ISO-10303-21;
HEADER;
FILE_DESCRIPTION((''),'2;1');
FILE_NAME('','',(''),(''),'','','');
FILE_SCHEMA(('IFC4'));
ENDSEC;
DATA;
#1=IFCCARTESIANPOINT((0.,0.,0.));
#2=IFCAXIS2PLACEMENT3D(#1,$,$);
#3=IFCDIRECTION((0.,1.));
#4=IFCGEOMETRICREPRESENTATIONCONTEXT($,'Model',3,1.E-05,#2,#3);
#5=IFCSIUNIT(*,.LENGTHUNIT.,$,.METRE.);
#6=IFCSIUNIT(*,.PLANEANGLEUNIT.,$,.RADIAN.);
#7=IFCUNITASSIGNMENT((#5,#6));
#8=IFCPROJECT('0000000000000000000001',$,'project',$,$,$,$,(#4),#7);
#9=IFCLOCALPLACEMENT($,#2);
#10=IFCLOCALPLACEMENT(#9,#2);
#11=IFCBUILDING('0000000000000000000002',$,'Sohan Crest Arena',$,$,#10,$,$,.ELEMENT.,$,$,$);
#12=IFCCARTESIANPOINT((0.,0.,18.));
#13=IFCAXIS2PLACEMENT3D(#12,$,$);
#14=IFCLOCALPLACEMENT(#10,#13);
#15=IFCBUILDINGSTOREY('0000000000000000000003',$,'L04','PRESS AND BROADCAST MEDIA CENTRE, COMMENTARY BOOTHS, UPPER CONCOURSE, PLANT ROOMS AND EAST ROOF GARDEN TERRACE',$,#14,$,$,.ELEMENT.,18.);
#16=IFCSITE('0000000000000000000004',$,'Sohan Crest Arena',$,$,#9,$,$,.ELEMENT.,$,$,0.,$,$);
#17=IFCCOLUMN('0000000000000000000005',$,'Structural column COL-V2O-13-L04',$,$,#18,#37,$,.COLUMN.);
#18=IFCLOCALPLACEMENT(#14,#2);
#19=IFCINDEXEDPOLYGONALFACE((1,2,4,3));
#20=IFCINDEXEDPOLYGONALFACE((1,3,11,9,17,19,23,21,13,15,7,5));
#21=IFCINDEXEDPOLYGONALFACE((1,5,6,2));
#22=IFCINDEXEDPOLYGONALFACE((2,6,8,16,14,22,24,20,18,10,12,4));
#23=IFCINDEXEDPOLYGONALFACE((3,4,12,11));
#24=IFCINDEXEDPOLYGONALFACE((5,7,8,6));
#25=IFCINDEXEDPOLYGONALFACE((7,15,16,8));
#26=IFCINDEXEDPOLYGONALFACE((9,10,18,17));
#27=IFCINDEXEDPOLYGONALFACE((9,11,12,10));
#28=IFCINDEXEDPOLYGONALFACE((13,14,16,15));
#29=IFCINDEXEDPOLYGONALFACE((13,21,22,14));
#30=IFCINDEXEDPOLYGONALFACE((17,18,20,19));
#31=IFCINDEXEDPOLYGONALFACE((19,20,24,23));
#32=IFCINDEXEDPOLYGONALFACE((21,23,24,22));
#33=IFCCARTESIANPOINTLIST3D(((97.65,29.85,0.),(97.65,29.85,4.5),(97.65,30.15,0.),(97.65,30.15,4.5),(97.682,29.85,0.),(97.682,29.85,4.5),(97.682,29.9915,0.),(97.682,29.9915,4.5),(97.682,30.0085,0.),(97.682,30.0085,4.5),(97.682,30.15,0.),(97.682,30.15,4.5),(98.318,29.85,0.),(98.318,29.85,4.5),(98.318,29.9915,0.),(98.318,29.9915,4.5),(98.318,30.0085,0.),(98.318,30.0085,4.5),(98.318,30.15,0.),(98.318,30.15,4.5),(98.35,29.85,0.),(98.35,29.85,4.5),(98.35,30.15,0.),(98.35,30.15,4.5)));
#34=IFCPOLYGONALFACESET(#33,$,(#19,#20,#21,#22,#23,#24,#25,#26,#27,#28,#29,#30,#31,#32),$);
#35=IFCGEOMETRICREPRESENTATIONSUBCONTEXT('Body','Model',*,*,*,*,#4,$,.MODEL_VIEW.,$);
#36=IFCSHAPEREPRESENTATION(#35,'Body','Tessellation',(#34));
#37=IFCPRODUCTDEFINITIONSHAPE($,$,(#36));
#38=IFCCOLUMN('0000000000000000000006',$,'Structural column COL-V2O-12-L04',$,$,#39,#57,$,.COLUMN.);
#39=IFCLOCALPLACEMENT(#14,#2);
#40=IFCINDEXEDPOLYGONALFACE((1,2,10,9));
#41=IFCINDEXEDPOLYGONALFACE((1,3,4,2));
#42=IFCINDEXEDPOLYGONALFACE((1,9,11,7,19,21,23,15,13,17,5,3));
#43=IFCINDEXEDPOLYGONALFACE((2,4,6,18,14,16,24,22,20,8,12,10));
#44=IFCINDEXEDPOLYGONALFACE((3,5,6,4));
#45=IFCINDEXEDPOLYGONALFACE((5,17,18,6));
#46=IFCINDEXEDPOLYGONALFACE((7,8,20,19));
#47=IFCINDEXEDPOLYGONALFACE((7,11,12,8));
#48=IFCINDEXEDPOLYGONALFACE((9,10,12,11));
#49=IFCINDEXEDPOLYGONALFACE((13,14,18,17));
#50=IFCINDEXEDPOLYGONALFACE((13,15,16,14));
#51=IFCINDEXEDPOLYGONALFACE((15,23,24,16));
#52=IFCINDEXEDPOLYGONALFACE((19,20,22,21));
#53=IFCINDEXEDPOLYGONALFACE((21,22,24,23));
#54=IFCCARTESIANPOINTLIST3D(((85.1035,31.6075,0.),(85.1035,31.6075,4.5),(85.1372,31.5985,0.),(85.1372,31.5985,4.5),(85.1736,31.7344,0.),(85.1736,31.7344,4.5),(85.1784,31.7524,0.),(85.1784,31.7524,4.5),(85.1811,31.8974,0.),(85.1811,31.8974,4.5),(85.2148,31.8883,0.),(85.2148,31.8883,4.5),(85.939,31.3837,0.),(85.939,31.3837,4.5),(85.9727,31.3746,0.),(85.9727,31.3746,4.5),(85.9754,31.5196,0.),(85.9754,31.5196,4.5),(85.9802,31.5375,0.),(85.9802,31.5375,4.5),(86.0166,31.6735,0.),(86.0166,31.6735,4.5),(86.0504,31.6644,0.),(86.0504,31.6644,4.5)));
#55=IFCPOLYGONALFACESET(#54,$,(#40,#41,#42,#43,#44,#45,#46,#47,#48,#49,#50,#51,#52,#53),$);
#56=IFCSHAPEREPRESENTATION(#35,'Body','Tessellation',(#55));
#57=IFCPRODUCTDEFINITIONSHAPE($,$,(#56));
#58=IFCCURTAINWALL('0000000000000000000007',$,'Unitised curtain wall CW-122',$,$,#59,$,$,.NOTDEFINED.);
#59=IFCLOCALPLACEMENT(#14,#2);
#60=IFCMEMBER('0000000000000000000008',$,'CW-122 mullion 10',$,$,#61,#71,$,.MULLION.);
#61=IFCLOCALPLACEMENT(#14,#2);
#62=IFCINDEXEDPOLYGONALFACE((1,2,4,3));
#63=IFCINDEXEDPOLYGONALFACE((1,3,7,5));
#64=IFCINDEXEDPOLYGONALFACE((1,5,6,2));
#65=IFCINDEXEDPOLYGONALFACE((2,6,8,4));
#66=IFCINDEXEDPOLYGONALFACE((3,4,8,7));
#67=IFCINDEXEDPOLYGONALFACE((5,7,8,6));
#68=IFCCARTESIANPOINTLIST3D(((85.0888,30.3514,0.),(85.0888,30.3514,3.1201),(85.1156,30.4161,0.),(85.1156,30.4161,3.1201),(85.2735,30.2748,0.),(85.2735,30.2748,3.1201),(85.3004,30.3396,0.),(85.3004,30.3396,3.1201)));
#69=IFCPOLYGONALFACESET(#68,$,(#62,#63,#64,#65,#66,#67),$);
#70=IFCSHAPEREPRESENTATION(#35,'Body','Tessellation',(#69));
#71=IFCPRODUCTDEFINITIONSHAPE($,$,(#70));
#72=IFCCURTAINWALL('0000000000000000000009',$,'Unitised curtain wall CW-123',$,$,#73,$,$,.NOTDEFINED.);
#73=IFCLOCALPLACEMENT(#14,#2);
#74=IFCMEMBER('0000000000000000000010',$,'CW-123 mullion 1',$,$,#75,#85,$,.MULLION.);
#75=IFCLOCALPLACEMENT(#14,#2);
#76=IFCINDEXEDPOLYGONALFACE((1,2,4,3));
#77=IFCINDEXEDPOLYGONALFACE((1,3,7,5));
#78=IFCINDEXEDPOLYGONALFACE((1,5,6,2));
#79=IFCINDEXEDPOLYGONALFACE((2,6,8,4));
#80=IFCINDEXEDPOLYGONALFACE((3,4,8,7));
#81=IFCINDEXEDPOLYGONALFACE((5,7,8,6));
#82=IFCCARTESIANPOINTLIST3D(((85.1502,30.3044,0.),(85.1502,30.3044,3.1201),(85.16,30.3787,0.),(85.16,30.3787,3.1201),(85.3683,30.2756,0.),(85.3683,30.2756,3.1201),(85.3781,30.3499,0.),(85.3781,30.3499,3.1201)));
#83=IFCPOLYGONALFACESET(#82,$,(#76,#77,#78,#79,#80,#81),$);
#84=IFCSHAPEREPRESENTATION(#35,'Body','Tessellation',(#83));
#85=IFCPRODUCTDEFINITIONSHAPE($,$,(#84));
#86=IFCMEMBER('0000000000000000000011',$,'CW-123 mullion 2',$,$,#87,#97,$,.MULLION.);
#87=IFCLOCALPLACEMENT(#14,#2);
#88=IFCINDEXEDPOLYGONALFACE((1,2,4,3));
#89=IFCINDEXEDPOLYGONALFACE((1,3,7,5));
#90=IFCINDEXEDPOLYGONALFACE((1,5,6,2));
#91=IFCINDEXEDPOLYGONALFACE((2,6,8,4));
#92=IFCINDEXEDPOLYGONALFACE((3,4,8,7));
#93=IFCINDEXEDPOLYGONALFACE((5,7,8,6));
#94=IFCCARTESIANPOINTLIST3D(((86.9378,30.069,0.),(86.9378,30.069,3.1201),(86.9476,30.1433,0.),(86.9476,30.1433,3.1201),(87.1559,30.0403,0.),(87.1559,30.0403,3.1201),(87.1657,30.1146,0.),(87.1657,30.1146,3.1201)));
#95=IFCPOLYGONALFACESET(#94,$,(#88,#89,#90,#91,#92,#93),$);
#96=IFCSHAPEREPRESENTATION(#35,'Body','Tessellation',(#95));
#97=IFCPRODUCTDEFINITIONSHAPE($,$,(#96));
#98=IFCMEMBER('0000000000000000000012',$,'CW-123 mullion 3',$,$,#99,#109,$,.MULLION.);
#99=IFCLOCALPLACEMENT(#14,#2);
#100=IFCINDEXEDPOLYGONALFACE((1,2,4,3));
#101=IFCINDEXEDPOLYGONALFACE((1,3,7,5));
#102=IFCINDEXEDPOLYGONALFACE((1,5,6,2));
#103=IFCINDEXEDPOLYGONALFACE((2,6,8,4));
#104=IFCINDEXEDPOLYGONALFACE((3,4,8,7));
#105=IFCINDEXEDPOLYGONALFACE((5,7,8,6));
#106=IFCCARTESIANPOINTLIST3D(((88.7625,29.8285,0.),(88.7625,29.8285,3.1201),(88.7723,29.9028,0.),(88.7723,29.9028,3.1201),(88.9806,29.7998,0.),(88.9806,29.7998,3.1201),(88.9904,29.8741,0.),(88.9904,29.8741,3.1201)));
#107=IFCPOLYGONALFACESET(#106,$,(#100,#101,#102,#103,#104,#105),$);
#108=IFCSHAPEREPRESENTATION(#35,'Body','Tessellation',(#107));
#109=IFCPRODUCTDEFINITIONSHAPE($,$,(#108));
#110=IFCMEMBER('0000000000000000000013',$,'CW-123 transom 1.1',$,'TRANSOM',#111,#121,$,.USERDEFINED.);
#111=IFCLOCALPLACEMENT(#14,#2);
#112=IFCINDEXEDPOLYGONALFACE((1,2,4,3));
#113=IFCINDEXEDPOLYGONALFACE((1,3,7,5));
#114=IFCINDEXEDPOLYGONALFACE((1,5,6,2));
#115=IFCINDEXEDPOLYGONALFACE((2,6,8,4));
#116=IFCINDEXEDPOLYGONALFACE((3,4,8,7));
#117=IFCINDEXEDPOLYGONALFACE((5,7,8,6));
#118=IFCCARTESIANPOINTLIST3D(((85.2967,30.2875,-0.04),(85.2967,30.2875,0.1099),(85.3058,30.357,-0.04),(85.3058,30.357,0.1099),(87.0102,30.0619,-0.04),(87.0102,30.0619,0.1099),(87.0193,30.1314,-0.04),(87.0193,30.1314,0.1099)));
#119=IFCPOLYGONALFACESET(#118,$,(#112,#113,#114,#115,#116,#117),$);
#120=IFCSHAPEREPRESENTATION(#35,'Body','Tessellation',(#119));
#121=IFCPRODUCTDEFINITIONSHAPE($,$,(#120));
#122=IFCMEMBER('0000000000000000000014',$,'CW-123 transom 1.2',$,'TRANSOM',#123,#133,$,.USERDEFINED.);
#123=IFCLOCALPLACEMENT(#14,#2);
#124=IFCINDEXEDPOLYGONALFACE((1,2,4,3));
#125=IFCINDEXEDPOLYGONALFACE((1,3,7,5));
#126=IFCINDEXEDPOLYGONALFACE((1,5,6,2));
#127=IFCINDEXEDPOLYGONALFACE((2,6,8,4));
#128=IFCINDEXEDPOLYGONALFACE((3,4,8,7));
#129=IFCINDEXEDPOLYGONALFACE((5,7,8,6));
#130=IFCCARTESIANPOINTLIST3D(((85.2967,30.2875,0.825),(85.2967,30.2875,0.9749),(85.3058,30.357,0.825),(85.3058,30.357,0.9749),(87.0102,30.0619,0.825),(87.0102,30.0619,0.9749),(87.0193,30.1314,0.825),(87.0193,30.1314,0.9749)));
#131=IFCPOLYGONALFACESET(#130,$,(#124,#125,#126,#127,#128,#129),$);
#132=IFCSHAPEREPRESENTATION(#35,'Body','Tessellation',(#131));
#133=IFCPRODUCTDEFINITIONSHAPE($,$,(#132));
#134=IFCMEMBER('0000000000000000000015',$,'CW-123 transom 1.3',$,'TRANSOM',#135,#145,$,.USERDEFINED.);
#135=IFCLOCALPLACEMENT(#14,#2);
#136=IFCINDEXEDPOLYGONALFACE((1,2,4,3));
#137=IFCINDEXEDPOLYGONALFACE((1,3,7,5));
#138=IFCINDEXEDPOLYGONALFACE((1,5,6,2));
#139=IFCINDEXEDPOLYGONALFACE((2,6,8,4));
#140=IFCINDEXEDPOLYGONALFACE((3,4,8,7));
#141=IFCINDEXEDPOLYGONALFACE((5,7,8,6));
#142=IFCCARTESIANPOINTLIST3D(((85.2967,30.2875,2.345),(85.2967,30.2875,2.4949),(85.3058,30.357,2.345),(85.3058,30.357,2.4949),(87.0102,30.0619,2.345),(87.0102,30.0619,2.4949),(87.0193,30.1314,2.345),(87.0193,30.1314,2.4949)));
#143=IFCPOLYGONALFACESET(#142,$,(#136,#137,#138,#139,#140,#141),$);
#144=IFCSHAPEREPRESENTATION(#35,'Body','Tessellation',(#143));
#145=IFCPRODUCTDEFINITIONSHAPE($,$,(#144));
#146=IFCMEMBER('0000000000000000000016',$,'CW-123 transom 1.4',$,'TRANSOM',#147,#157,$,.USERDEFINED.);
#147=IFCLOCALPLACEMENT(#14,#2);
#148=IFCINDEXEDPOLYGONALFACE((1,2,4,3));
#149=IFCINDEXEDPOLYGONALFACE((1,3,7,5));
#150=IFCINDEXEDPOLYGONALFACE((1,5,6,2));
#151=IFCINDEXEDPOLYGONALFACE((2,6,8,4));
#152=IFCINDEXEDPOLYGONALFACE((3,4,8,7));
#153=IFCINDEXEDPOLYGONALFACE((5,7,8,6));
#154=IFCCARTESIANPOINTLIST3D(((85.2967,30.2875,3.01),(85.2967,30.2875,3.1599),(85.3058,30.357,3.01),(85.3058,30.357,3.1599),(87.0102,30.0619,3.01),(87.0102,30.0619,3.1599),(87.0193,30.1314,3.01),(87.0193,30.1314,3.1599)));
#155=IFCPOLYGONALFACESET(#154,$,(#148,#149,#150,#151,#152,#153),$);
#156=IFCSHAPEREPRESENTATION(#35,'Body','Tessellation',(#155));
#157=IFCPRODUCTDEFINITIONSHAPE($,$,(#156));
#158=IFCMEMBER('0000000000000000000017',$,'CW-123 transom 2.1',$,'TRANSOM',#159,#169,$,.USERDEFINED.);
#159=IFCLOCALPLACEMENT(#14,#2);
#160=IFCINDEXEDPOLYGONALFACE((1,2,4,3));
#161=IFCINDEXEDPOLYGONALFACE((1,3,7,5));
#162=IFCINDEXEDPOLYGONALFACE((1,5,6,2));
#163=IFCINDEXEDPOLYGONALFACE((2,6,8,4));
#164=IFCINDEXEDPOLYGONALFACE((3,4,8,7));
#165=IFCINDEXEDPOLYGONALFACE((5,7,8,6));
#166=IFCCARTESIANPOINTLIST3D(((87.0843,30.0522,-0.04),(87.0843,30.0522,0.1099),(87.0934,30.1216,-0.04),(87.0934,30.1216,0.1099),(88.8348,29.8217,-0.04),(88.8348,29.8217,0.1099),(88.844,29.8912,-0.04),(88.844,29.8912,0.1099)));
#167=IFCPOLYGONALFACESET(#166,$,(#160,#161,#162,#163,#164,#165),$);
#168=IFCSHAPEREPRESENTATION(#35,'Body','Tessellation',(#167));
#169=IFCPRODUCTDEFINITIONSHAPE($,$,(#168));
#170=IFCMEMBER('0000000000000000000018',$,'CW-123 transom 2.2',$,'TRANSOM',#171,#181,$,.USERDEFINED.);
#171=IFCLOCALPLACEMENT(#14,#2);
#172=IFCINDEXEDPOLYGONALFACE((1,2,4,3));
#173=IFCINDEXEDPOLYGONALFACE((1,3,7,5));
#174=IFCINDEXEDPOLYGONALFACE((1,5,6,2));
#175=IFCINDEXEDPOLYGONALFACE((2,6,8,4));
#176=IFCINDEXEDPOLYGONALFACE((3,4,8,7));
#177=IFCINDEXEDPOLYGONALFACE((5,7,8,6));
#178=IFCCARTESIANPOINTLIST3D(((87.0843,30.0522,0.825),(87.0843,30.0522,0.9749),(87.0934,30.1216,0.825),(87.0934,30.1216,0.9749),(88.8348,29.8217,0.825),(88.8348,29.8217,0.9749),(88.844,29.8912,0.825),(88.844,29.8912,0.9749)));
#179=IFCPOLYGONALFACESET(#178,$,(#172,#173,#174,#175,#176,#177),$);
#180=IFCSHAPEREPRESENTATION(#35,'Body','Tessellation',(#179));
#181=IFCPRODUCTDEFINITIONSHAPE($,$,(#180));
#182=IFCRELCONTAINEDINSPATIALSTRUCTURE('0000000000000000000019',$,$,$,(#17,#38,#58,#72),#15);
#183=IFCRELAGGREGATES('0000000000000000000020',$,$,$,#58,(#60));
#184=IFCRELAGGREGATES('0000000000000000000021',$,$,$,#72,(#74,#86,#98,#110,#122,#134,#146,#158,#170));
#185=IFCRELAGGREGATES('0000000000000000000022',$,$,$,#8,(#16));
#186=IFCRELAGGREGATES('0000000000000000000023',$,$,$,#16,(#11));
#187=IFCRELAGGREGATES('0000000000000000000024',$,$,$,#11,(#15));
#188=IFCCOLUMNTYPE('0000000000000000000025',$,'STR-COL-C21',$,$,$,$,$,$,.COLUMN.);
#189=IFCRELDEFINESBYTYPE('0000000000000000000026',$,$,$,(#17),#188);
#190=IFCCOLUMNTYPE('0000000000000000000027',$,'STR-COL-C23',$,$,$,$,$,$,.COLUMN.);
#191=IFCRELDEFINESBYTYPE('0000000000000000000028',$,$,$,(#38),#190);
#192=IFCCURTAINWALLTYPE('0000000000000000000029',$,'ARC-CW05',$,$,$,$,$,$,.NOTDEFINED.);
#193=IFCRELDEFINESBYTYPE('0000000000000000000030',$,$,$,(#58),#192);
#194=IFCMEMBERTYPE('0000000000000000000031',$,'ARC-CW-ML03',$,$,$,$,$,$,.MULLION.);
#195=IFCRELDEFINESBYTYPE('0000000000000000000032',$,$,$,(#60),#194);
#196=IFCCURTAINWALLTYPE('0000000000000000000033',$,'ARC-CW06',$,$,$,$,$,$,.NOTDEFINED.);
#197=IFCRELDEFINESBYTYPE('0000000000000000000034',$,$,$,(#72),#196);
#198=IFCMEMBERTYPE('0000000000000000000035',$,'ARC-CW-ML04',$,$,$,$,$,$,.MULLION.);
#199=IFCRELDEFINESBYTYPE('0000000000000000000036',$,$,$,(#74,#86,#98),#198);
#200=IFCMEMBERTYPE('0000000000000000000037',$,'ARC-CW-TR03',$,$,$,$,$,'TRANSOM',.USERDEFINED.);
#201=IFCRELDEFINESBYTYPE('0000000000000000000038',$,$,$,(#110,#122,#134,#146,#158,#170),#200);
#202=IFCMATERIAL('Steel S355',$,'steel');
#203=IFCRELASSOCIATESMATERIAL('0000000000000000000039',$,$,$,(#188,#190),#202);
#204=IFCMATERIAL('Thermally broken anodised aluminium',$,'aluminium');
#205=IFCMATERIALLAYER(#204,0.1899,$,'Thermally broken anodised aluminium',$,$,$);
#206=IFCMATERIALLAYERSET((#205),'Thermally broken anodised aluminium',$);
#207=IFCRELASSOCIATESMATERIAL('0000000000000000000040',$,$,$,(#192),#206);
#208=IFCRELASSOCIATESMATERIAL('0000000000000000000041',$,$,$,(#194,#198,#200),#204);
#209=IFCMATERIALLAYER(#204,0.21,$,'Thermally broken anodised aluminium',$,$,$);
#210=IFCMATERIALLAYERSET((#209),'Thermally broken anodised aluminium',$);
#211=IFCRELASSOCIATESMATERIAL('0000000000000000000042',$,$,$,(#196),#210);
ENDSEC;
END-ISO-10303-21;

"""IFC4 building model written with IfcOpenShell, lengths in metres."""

from ifc_helpers import new_model, si_unit, direction, frame, origin, origin_2d, place, context, subcontext, project, spatial, rectangle, i_section, extrude, material, layer, layer_set, material_profile, profile_set, type_object, element, aggregate, save


model = new_model("IFC4")

# Units and contexts
model_context = context("Model", 3, precision=1e-05, world=origin(), true_north=direction((0.0, 1.0)))
body_context = subcontext(model_context, "Body", "Model", "MODEL_VIEW")
ifc_project = project(units=[si_unit("LENGTHUNIT", "METRE"), si_unit("PLANEANGLEUNIT", "RADIAN")], contexts=[model_context])

# Site, building, storey
site_placement = place(None, origin())
site = spatial("IfcSite", under=ifc_project, at=site_placement, Name="Sohan Crest Arena", CompositionType="ELEMENT", RefElevation=0.0)
building_placement = place(site_placement, origin())
building = spatial("IfcBuilding", under=site, at=building_placement, Name="Sohan Crest Arena", CompositionType="ELEMENT")
storey_placement = place(building_placement, frame((0.0, 0.0, 18.0)))
storey = spatial("IfcBuildingStorey", under=building, at=storey_placement, Name="L04", Description="PRESS AND BROADCAST MEDIA CENTRE, COMMENTARY BOOTHS, UPPER CONCOURSE, PLANT ROOMS AND EAST ROOF GARDEN TERRACE", CompositionType="ELEMENT", Elevation=18.0)

# Columns
ifc_material_1 = material(Name="Steel S355", Category="steel")
ifc_material_profile_1 = material_profile(ifc_material_1, i_section(OverallWidth=0.3, OverallDepth=0.7, WebThickness=0.0171, FlangeThickness=0.032, at=origin_2d()), Name="HEB 700")
ifc_profile_set_1 = profile_set([ifc_material_profile_1], Name="Steel S355")
column_type_1 = type_object("IfcColumnType", Name="STR-COL-C21", PredefinedType="COLUMN", material=ifc_profile_set_1)
column_1_placement = place(storey_placement, frame((98.0, 30.0, 0.0), z_axis=(0.0, 0.0, 1.0), x_axis=(0.0, 1.0, 0.0)))
element("IfcColumn", 1, at=column_1_placement, inside=storey, type_object=column_type_1, Name="Structural column COL-V2O-13-L04", PredefinedType="COLUMN", context=body_context, shape_type="SweptSolid", body=[
    extrude(i_section(OverallWidth=0.3, OverallDepth=0.7, WebThickness=0.0171, FlangeThickness=0.032, at=origin_2d()), origin(), (0.0, 0.0, 1.0), 4.5),
])
ifc_material_profile_2 = material_profile(ifc_material_1, i_section(OverallWidth=0.3, OverallDepth=0.8999, WebThickness=0.0186, FlangeThickness=0.0349, at=origin_2d()), Name="HEB 900")
ifc_profile_set_2 = profile_set([ifc_material_profile_2], Name="Steel S355")
column_type_2 = type_object("IfcColumnType", Name="STR-COL-C23", PredefinedType="COLUMN", material=ifc_profile_set_2)
column_2_placement = place(storey_placement, frame((85.5769, 31.636, 0.0), z_axis=(0.0, 0.0, 1.0), x_axis=(0.258819, 0.965926, 0.0)))
element("IfcColumn", 2, at=column_2_placement, inside=storey, type_object=column_type_2, Name="Structural column COL-V2O-12-L04", PredefinedType="COLUMN", context=body_context, shape_type="SweptSolid", body=[
    extrude(i_section(OverallWidth=0.3, OverallDepth=0.8999, WebThickness=0.0186, FlangeThickness=0.0349, at=origin_2d()), origin(), (0.0, 0.0, 1.0), 4.5),
])

# Curtain wall, member
ifc_material_2 = material(Name="Thermally broken anodised aluminium", Category="aluminium")
ifc_layer_1 = layer(ifc_material_2, 0.1899, Name="Thermally broken anodised aluminium")
ifc_layer_set_1 = layer_set([ifc_layer_1], Name="Thermally broken anodised aluminium")
curtain_wall_type_1 = type_object("IfcCurtainWallType", Name="ARC-CW05", PredefinedType="NOTDEFINED", material=ifc_layer_set_1)
curtain_wall_1_placement = place(storey_placement, origin())
curtain_wall_1 = element("IfcCurtainWall", 3, at=curtain_wall_1_placement, inside=storey, type_object=curtain_wall_type_1, Name="Unitised curtain wall CW-122", PredefinedType="NOTDEFINED")
ifc_material_profile_3 = material_profile(ifc_material_2, rectangle(XDim=0.0701, YDim=0.2, at=origin_2d()), Name="ALU-MULL 70x200")
ifc_profile_set_3 = profile_set([ifc_material_profile_3], Name="Thermally broken anodised aluminium")
member_type_1 = type_object("IfcMemberType", Name="ARC-CW-ML03", PredefinedType="MULLION", material=ifc_profile_set_3)
member_1_placement = place(storey_placement, frame((85.1946, 30.3455, 0.0), z_axis=(0.0, 0.0, 1.0), x_axis=(0.382685, 0.923879, 0.0)))
member_1 = element("IfcMember", 4, at=member_1_placement, type_object=member_type_1, Name="CW-122 mullion 10", PredefinedType="MULLION", context=body_context, shape_type="SweptSolid", body=[
    extrude(rectangle(XDim=0.0701, YDim=0.2, at=origin_2d()), origin(), (0.0, 0.0, 1.0), 3.1201),
])
aggregate(curtain_wall_1, [member_1])

# Curtain wall, members
ifc_layer_2 = layer(ifc_material_2, 0.21, Name="Thermally broken anodised aluminium")
ifc_layer_set_2 = layer_set([ifc_layer_2], Name="Thermally broken anodised aluminium")
curtain_wall_type_2 = type_object("IfcCurtainWallType", Name="ARC-CW06", PredefinedType="NOTDEFINED", material=ifc_layer_set_2)
curtain_wall_2_placement = place(storey_placement, origin())
curtain_wall_2 = element("IfcCurtainWall", 5, at=curtain_wall_2_placement, inside=storey, type_object=curtain_wall_type_2, Name="Unitised curtain wall CW-123", PredefinedType="NOTDEFINED")
ifc_material_profile_4 = material_profile(ifc_material_2, rectangle(XDim=0.075, YDim=0.22, at=origin_2d()), Name="ALU-MULL 75x220")
ifc_profile_set_4 = profile_set([ifc_material_profile_4], Name="Thermally broken anodised aluminium")
member_type_2 = type_object("IfcMemberType", Name="ARC-CW-ML04", PredefinedType="MULLION", material=ifc_profile_set_4)
member_2_placement = place(storey_placement, frame((85.2642, 30.3271, 0.0), z_axis=(0.0, 0.0, 1.0), x_axis=(0.130557, 0.991441, 0.0)))
member_2 = element("IfcMember", 6, at=member_2_placement, type_object=member_type_2, Name="CW-123 mullion 1", PredefinedType="MULLION", context=body_context, shape_type="SweptSolid", body=[
    extrude(rectangle(XDim=0.075, YDim=0.22, at=origin_2d()), origin(), (0.0, 0.0, 1.0), 3.1201),
])
member_3_placement = place(storey_placement, frame((87.0518, 30.0918, 0.0), z_axis=(0.0, 0.0, 1.0), x_axis=(0.130557, 0.991441, 0.0)))
member_3 = element("IfcMember", 7, at=member_3_placement, type_object=member_type_2, Name="CW-123 mullion 2", PredefinedType="MULLION", context=body_context, shape_type="SweptSolid", body=[
    extrude(rectangle(XDim=0.075, YDim=0.22, at=origin_2d()), origin(), (0.0, 0.0, 1.0), 3.1201),
])
member_4_placement = place(storey_placement, frame((88.8765, 29.8513, 0.0), z_axis=(0.0, 0.0, 1.0), x_axis=(0.130557, 0.991441, 0.0)))
member_4 = element("IfcMember", 8, at=member_4_placement, type_object=member_type_2, Name="CW-123 mullion 3", PredefinedType="MULLION", context=body_context, shape_type="SweptSolid", body=[
    extrude(rectangle(XDim=0.075, YDim=0.22, at=origin_2d()), origin(), (0.0, 0.0, 1.0), 3.1201),
])
ifc_material_profile_5 = material_profile(ifc_material_2, rectangle(XDim=0.0701, YDim=0.1499, at=origin_2d()), Name="ALU-TRAN 70x150")
ifc_profile_set_5 = profile_set([ifc_material_profile_5], Name="Thermally broken anodised aluminium")
member_type_3 = type_object("IfcMemberType", Name="ARC-CW-TR03", ElementType="TRANSOM", PredefinedType="USERDEFINED", material=ifc_profile_set_5)
member_5_placement = place(storey_placement, frame((85.3013, 30.3223, 0.0349), z_axis=(0.991444, -0.130535, 0.0), x_axis=(0.130535, 0.991444, 0.0)))
member_5 = element("IfcMember", 9, at=member_5_placement, type_object=member_type_3, Name="CW-123 transom 1.1", ObjectType="TRANSOM", PredefinedType="USERDEFINED", context=body_context, shape_type="SweptSolid", body=[
    extrude(rectangle(XDim=0.0701, YDim=0.1499, at=origin_2d()), origin(), (0.0, 0.0, 1.0), 1.7283),
])
member_6_placement = place(storey_placement, frame((85.3013, 30.3223, 0.8999), z_axis=(0.991444, -0.130535, 0.0), x_axis=(0.130535, 0.991444, 0.0)))
member_6 = element("IfcMember", 10, at=member_6_placement, type_object=member_type_3, Name="CW-123 transom 1.2", ObjectType="TRANSOM", PredefinedType="USERDEFINED", context=body_context, shape_type="SweptSolid", body=[
    extrude(rectangle(XDim=0.0701, YDim=0.1499, at=origin_2d()), origin(), (0.0, 0.0, 1.0), 1.7283),
])
member_7_placement = place(storey_placement, frame((85.3013, 30.3223, 2.4199), z_axis=(0.991444, -0.130535, 0.0), x_axis=(0.130535, 0.991444, 0.0)))
member_7 = element("IfcMember", 11, at=member_7_placement, type_object=member_type_3, Name="CW-123 transom 1.3", ObjectType="TRANSOM", PredefinedType="USERDEFINED", context=body_context, shape_type="SweptSolid", body=[
    extrude(rectangle(XDim=0.0701, YDim=0.1499, at=origin_2d()), origin(), (0.0, 0.0, 1.0), 1.7283),
])
member_8_placement = place(storey_placement, frame((85.3013, 30.3223, 3.085), z_axis=(0.991444, -0.130535, 0.0), x_axis=(0.130535, 0.991444, 0.0)))
member_8 = element("IfcMember", 12, at=member_8_placement, type_object=member_type_3, Name="CW-123 transom 1.4", ObjectType="TRANSOM", PredefinedType="USERDEFINED", context=body_context, shape_type="SweptSolid", body=[
    extrude(rectangle(XDim=0.0701, YDim=0.1499, at=origin_2d()), origin(), (0.0, 0.0, 1.0), 1.7283),
])
member_9_placement = place(storey_placement, frame((87.0889, 30.0869, 0.0349), z_axis=(0.991444, -0.130533, 0.0), x_axis=(0.130533, 0.991444, 0.0)))
member_9 = element("IfcMember", 13, at=member_9_placement, type_object=member_type_3, Name="CW-123 transom 2.1", ObjectType="TRANSOM", PredefinedType="USERDEFINED", context=body_context, shape_type="SweptSolid", body=[
    extrude(rectangle(XDim=0.0701, YDim=0.1499, at=origin_2d()), origin(), (0.0, 0.0, 1.0), 1.7656),
])
member_10_placement = place(storey_placement, frame((87.0889, 30.0869, 0.8999), z_axis=(0.991444, -0.130533, 0.0), x_axis=(0.130533, 0.991444, 0.0)))
member_10 = element("IfcMember", 14, at=member_10_placement, type_object=member_type_3, Name="CW-123 transom 2.2", ObjectType="TRANSOM", PredefinedType="USERDEFINED", context=body_context, shape_type="SweptSolid", body=[
    extrude(rectangle(XDim=0.0701, YDim=0.1499, at=origin_2d()), origin(), (0.0, 0.0, 1.0), 1.7656),
])

aggregate(curtain_wall_2, [member_2, member_3, member_4, member_5, member_6, member_7, member_8, member_9, member_10])

save(model, "model.ifc")
